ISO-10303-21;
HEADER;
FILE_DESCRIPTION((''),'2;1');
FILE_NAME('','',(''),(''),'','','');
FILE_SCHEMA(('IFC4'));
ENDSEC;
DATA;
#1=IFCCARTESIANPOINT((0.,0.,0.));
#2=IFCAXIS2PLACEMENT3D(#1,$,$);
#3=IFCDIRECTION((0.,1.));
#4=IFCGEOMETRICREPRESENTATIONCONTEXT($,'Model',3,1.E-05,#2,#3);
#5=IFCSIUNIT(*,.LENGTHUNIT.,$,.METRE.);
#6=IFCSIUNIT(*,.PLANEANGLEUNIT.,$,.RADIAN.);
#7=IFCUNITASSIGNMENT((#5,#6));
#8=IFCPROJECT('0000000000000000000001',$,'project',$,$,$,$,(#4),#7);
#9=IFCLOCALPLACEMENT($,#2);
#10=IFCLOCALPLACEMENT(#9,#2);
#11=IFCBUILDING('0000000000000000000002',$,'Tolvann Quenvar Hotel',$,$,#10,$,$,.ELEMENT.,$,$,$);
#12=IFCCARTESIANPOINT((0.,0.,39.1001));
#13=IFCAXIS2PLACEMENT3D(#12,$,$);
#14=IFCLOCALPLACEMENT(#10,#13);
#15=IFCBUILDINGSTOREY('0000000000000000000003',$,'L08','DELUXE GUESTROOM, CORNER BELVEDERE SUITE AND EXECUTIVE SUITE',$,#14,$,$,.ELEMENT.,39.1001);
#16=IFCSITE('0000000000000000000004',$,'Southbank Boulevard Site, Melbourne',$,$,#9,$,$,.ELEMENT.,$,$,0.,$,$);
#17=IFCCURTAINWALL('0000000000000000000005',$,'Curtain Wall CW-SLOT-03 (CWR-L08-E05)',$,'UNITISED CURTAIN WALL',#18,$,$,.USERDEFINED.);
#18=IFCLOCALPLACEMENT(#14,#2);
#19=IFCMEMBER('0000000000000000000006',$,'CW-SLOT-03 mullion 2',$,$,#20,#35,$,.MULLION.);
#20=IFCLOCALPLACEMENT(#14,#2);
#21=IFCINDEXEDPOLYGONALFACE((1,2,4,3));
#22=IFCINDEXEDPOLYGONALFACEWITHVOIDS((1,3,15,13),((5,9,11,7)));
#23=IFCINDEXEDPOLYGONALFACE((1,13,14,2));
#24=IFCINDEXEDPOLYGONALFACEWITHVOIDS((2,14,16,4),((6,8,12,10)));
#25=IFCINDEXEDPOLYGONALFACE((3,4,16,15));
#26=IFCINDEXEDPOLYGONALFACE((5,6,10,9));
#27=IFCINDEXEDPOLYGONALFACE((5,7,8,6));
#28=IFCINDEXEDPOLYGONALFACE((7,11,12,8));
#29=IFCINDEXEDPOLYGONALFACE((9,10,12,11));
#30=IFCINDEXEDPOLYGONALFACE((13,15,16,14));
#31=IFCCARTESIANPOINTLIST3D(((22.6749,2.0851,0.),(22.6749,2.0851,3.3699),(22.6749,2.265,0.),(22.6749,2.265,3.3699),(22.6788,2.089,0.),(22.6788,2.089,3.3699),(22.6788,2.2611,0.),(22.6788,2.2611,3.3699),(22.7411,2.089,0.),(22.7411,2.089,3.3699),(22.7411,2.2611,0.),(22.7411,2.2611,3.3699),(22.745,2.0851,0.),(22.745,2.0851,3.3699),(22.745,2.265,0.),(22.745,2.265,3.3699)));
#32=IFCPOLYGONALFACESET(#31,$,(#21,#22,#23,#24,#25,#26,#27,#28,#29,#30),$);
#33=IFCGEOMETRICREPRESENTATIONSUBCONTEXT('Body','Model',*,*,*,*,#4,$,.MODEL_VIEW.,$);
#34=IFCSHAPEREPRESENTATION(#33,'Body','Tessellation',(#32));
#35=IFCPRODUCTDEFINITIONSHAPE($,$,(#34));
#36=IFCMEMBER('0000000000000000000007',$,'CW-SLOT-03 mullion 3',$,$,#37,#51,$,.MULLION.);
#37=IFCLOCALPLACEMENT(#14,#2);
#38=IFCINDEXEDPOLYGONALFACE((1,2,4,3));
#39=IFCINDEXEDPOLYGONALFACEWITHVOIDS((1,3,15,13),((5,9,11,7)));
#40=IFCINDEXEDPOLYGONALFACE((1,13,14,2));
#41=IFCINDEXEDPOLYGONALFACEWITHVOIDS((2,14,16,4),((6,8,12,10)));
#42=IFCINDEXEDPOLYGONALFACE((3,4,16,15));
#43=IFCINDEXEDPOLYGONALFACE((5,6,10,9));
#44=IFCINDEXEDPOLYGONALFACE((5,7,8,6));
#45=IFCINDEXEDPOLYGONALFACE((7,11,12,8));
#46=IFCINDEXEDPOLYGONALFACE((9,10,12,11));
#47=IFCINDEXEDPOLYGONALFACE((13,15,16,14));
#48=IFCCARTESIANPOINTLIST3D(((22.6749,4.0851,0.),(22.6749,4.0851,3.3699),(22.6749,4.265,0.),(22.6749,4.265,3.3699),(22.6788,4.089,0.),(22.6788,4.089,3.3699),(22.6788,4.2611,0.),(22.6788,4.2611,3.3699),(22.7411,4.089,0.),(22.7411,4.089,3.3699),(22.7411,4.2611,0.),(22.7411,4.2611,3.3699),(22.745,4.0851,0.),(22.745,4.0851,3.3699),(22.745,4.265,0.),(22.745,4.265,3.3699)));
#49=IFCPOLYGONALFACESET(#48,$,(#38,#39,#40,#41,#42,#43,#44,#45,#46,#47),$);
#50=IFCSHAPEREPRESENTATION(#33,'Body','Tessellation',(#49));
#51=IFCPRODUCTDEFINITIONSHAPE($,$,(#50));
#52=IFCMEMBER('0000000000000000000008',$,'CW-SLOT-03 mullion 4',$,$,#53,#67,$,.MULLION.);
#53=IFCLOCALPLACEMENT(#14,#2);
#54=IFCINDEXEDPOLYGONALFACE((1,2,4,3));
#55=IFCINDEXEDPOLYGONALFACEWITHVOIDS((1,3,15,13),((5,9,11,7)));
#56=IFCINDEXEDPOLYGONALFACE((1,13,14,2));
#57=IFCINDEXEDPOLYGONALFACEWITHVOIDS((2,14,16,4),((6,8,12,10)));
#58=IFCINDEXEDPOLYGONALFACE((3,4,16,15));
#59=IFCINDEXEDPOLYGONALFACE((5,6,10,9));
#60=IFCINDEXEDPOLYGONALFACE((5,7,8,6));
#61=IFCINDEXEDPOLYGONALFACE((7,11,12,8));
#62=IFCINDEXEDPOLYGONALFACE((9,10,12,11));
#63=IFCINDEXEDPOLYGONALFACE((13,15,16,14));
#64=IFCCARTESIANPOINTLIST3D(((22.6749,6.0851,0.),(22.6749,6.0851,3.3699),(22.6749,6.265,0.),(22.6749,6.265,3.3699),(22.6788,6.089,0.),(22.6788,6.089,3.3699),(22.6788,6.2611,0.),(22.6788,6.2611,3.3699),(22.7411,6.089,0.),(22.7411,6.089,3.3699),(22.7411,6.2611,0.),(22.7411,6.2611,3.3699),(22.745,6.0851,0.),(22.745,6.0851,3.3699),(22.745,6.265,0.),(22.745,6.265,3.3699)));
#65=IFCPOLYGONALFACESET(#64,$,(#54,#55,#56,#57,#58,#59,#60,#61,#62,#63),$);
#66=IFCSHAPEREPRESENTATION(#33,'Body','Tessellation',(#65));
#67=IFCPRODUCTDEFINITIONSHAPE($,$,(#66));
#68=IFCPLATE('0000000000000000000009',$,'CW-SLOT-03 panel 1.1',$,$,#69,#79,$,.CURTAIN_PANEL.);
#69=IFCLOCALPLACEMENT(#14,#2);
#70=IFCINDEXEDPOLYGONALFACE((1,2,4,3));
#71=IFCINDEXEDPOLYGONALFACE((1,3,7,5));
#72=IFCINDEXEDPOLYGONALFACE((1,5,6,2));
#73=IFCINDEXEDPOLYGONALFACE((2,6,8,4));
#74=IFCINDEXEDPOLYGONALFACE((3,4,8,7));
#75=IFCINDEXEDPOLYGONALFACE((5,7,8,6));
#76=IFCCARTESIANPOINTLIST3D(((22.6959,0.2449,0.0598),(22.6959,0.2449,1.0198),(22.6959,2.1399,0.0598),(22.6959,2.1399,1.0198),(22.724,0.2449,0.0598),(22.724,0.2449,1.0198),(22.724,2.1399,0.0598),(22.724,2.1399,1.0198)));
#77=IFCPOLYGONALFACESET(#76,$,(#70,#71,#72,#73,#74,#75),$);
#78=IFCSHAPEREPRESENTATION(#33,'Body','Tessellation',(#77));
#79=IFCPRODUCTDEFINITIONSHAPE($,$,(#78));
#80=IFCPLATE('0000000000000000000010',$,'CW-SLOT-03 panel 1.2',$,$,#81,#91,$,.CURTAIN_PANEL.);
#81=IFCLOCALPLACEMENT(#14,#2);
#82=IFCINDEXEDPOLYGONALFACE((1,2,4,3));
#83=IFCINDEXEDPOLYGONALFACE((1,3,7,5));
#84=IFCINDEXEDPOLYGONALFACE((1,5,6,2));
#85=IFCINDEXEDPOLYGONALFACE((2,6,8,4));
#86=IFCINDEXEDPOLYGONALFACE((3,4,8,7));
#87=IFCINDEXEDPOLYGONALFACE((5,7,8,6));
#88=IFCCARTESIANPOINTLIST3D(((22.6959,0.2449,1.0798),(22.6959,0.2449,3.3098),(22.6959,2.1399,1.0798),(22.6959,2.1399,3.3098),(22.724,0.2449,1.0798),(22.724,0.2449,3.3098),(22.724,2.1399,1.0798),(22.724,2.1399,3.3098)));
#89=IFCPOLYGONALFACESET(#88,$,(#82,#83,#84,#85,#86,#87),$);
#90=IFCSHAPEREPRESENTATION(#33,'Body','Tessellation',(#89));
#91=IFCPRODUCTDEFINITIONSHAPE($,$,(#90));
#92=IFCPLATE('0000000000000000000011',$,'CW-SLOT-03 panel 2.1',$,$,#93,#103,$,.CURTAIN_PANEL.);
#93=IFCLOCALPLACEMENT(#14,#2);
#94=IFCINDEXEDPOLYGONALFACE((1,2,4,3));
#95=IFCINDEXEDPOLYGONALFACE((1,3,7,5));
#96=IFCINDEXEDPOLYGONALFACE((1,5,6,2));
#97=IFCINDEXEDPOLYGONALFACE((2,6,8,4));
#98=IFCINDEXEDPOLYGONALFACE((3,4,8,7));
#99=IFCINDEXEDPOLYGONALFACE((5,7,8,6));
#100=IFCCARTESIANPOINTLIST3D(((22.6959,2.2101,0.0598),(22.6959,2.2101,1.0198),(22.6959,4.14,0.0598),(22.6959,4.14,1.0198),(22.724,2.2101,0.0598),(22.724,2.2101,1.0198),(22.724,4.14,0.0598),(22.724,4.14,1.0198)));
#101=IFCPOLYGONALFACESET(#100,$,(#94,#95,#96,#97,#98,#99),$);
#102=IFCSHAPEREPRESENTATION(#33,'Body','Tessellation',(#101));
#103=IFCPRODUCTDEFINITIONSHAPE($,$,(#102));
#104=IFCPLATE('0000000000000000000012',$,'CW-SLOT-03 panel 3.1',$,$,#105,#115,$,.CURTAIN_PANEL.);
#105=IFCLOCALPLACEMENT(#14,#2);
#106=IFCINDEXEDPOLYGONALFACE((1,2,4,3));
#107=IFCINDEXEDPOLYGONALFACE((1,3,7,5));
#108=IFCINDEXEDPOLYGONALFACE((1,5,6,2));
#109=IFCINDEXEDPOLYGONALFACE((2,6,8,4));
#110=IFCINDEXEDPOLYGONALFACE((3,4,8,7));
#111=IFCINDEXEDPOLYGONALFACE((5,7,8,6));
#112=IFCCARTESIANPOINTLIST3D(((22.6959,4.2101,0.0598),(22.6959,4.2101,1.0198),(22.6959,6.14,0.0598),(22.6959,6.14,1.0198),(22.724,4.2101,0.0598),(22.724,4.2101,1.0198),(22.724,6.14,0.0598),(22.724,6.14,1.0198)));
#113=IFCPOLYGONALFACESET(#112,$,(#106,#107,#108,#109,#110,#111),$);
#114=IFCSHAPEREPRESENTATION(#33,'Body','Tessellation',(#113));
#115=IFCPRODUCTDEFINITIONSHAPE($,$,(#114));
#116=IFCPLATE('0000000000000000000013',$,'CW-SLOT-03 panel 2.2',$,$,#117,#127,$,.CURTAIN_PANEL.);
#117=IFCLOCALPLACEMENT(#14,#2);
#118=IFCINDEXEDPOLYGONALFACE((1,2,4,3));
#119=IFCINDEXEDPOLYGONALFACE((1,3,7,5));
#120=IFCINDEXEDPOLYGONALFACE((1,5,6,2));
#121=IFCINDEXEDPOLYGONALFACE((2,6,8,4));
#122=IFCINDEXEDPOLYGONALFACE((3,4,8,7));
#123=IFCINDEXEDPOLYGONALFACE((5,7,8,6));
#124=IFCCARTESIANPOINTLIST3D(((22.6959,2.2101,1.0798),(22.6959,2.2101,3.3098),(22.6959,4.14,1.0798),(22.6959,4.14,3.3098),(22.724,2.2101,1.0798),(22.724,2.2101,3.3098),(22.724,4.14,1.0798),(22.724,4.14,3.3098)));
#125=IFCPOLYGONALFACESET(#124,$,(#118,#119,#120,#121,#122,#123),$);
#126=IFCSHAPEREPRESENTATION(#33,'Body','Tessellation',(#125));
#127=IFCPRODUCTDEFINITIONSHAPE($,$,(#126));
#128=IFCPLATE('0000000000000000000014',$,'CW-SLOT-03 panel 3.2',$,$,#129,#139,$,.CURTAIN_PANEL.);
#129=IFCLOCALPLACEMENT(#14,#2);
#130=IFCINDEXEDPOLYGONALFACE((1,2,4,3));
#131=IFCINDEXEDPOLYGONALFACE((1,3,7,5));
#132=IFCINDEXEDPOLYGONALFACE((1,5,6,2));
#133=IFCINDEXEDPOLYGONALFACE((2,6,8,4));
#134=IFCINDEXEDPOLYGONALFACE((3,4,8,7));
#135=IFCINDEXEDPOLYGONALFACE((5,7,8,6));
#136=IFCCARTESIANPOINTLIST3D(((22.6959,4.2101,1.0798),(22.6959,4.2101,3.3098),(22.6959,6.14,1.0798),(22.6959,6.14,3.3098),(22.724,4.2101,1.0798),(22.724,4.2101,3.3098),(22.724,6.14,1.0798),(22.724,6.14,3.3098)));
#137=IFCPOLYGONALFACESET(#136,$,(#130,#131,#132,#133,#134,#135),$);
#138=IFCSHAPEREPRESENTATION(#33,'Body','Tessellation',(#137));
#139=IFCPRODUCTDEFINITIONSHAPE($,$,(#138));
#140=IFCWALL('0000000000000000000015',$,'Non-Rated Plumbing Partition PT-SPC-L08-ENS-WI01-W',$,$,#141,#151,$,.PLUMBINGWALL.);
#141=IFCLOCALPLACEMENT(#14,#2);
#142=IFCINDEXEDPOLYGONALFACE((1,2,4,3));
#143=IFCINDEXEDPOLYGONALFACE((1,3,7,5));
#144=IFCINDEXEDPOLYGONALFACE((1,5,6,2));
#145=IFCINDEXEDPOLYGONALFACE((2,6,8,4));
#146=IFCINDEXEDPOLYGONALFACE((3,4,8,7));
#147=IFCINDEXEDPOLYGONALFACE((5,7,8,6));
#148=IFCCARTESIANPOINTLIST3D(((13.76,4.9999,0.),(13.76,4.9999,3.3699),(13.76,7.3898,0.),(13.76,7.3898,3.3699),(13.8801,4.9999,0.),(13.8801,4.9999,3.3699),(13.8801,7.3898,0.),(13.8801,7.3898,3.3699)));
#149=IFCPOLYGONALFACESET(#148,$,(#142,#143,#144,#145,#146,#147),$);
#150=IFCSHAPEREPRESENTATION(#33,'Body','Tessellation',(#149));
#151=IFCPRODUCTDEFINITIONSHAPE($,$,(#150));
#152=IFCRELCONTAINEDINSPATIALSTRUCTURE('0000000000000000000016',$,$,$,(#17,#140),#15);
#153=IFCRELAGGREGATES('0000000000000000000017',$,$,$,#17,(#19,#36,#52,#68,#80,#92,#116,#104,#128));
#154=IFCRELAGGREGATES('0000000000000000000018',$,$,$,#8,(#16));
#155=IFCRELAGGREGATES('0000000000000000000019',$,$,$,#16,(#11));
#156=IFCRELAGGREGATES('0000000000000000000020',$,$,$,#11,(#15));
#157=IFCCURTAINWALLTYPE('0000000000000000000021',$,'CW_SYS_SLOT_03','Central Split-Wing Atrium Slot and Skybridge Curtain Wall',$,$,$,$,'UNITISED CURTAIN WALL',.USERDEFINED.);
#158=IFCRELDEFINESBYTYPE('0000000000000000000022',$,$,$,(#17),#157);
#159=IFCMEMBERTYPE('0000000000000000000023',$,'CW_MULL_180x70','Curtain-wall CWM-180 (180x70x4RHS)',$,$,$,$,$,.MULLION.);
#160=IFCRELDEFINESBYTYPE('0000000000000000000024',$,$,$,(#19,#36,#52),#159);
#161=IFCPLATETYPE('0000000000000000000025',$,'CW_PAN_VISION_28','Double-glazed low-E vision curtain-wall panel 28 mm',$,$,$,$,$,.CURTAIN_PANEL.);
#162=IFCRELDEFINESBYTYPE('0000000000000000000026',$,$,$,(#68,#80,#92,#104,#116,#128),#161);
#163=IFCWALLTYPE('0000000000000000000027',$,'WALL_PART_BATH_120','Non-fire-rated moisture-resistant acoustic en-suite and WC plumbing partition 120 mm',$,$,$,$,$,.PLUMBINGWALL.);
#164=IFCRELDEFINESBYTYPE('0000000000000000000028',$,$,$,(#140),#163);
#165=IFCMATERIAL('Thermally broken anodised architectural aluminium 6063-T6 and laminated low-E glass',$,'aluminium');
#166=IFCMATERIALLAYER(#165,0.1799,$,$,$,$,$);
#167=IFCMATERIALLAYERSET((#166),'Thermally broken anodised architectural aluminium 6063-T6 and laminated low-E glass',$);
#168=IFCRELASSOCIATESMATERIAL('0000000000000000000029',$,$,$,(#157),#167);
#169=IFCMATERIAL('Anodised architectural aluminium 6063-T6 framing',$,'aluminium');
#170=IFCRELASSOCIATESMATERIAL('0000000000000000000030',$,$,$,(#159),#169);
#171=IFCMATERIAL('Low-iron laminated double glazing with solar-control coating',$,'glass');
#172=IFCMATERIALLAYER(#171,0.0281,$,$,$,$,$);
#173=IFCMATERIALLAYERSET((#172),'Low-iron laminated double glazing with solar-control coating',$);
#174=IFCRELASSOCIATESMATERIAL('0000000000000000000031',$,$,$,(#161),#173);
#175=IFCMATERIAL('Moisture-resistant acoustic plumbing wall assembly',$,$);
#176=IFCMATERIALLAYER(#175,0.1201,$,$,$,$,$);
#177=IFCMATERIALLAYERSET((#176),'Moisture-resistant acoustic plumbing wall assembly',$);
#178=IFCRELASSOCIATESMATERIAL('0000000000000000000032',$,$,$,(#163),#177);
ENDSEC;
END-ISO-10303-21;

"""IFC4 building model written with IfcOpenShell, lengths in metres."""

from ifc_helpers import new_model, si_unit, direction, frame, frame_2d, origin, origin_2d, place, context, subcontext, project, spatial, rectangle, hollow_rectangle, extrude, source, transform, mapped, material, layer, layer_set, material_profile, profile_set, type_object, type_shapes, element, aggregate, save


model = new_model("IFC4")

# Units and contexts
model_context = context("Model", 3, precision=1e-05, world=origin(), true_north=direction((0.0, 1.0)))
body_context = subcontext(model_context, "Body", "Model", "MODEL_VIEW")
ifc_project = project(units=[si_unit("LENGTHUNIT", "METRE"), si_unit("PLANEANGLEUNIT", "RADIAN")], contexts=[model_context])

# Site, building, storey
site_placement = place(None, origin())
site = spatial("IfcSite", under=ifc_project, at=site_placement, Name="Southbank Boulevard Site, Melbourne", CompositionType="ELEMENT", RefElevation=0.0)
building_placement = place(site_placement, origin())
building = spatial("IfcBuilding", under=site, at=building_placement, Name="Tolvann Quenvar Hotel", CompositionType="ELEMENT")
storey_placement = place(building_placement, frame((0.0, 0.0, 39.1001)))
storey = spatial("IfcBuildingStorey", under=building, at=storey_placement, Name="L08", Description="DELUXE GUESTROOM, CORNER BELVEDERE SUITE AND EXECUTIVE SUITE", CompositionType="ELEMENT", Elevation=39.1001)

# Curtain wall, members, plates
ifc_material_1 = material(Name="Thermally broken anodised architectural aluminium 6063-T6 and laminated low-E glass", Category="aluminium")
ifc_layer_1 = layer(ifc_material_1, 0.1799)
ifc_layer_set_1 = layer_set([ifc_layer_1], Name="Thermally broken anodised architectural aluminium 6063-T6 and laminated low-E glass")
curtain_wall_type = type_object("IfcCurtainWallType", Name="CW_SYS_SLOT_03", Description="Central Split-Wing Atrium Slot and Skybridge Curtain Wall", ElementType="UNITISED CURTAIN WALL", PredefinedType="USERDEFINED", material=ifc_layer_set_1)
curtain_wall_placement = place(storey_placement, origin())
curtain_wall = element("IfcCurtainWall", 1, at=curtain_wall_placement, inside=storey, type_object=curtain_wall_type, Name="Curtain Wall CW-SLOT-03 (CWR-L08-E05)", ObjectType="UNITISED CURTAIN WALL", PredefinedType="USERDEFINED")
ifc_material_2 = material(Name="Anodised architectural aluminium 6063-T6 framing", Category="aluminium")
ifc_material_profile_1 = material_profile(ifc_material_2, hollow_rectangle(XDim=0.0701, YDim=0.1799, WallThickness=0.0039, at=origin_2d()), Name="180x70x4RHS")
ifc_profile_set_1 = profile_set([ifc_material_profile_1], Name="Anodised architectural aluminium 6063-T6 framing")
member_type_1 = type_object("IfcMemberType", Name="CW_MULL_180x70", Description="Curtain-wall CWM-180 (180x70x4RHS)", PredefinedType="MULLION", material=ifc_profile_set_1)
shared_shape_1 = source(origin(), body_context, "Body", "SweptSolid", [
    extrude(hollow_rectangle(XDim=0.0701, YDim=0.1799, WallThickness=0.0039, at=origin_2d()), origin(), (0.0, 0.0, 1.0), 3.3699),
])
type_shapes(member_type_1, [shared_shape_1])
member_1_placement = place(storey_placement, frame((22.71, 2.175, 0.0), z_axis=(0.0, 0.0, 1.0), x_axis=(-1.0, 0.0, 0.0)))
member_1 = element("IfcMember", 2, at=member_1_placement, type_object=member_type_1, Name="CW-SLOT-03 mullion 2", PredefinedType="MULLION", context=body_context, shape_type="MappedRepresentation", body=[
    mapped(shared_shape_1, transform((0.0, 0.0, 0.0), x_axis=(1.0, 0.0, 0.0), y_axis=(0.0, 1.0, 0.0), z_axis=(0.0, 0.0, 1.0), scale=1.0)),
])
member_2_placement = place(storey_placement, frame((22.71, 4.175, 0.0), z_axis=(0.0, 0.0, 1.0), x_axis=(-1.0, 0.0, 0.0)))
member_2 = element("IfcMember", 3, at=member_2_placement, type_object=member_type_1, Name="CW-SLOT-03 mullion 3", PredefinedType="MULLION", context=body_context, shape_type="MappedRepresentation", body=[
    mapped(shared_shape_1, transform((0.0, 0.0, 0.0), x_axis=(1.0, 0.0, 0.0), y_axis=(0.0, 1.0, 0.0), z_axis=(0.0, 0.0, 1.0), scale=1.0)),
])
member_3_placement = place(storey_placement, frame((22.71, 6.175, 0.0), z_axis=(0.0, 0.0, 1.0), x_axis=(-1.0, 0.0, 0.0)))
member_3 = element("IfcMember", 4, at=member_3_placement, type_object=member_type_1, Name="CW-SLOT-03 mullion 4", PredefinedType="MULLION", context=body_context, shape_type="MappedRepresentation", body=[
    mapped(shared_shape_1, transform((0.0, 0.0, 0.0), x_axis=(1.0, 0.0, 0.0), y_axis=(0.0, 1.0, 0.0), z_axis=(0.0, 0.0, 1.0), scale=1.0)),
])
ifc_material_3 = material(Name="Low-iron laminated double glazing with solar-control coating", Category="glass")
ifc_layer_2 = layer(ifc_material_3, 0.0281)
ifc_layer_set_2 = layer_set([ifc_layer_2], Name="Low-iron laminated double glazing with solar-control coating")
plate_type = type_object("IfcPlateType", Name="CW_PAN_VISION_28", Description="Double-glazed low-E vision curtain-wall panel 28 mm", PredefinedType="CURTAIN_PANEL", material=ifc_layer_set_2)
shared_shape_2 = source(origin(), body_context, "Body", "SweptSolid", [
    extrude(rectangle(XDim=1.895, YDim=0.0281, at=origin_2d()), origin(), (0.0, 0.0, 1.0), 0.96),
])
plate_1_placement = place(storey_placement, frame((22.71, 1.1924, 0.0598), z_axis=(0.0, 0.0, 1.0), x_axis=(0.0, 1.0, 0.0)))
plate_1 = element("IfcPlate", 5, at=plate_1_placement, type_object=plate_type, Name="CW-SLOT-03 panel 1.1", PredefinedType="CURTAIN_PANEL", context=body_context, shape_type="MappedRepresentation", body=[
    mapped(shared_shape_2, transform((0.0, 0.0, 0.0), x_axis=(1.0, 0.0, 0.0), y_axis=(0.0, 1.0, 0.0), z_axis=(0.0, 0.0, 1.0), scale=1.0)),
])
shared_shape_3 = source(origin(), body_context, "Body", "SweptSolid", [
    extrude(rectangle(XDim=1.895, YDim=0.0281, at=origin_2d()), origin(), (0.0, 0.0, 1.0), 2.23),
])
plate_2_placement = place(storey_placement, frame((22.71, 1.1924, 1.0798), z_axis=(0.0, 0.0, 1.0), x_axis=(0.0, 1.0, 0.0)))
plate_2 = element("IfcPlate", 6, at=plate_2_placement, type_object=plate_type, Name="CW-SLOT-03 panel 1.2", PredefinedType="CURTAIN_PANEL", context=body_context, shape_type="MappedRepresentation", body=[
    mapped(shared_shape_3, transform((0.0, 0.0, 0.0), x_axis=(1.0, 0.0, 0.0), y_axis=(0.0, 1.0, 0.0), z_axis=(0.0, 0.0, 1.0), scale=1.0)),
])
shared_shape_4 = source(origin(), body_context, "Body", "SweptSolid", [
    extrude(rectangle(XDim=1.9299, YDim=0.0281, at=origin_2d()), origin(), (0.0, 0.0, 1.0), 0.96),
])
plate_3_placement = place(storey_placement, frame((22.71, 3.175, 0.0598), z_axis=(0.0, 0.0, 1.0), x_axis=(0.0, 1.0, 0.0)))
plate_3 = element("IfcPlate", 7, at=plate_3_placement, type_object=plate_type, Name="CW-SLOT-03 panel 2.1", PredefinedType="CURTAIN_PANEL", context=body_context, shape_type="MappedRepresentation", body=[
    mapped(shared_shape_4, transform((0.0, 0.0, 0.0), x_axis=(1.0, 0.0, 0.0), y_axis=(0.0, 1.0, 0.0), z_axis=(0.0, 0.0, 1.0), scale=1.0)),
])
plate_4_placement = place(storey_placement, frame((22.71, 5.175, 0.0598), z_axis=(0.0, 0.0, 1.0), x_axis=(0.0, 1.0, 0.0)))
plate_4 = element("IfcPlate", 8, at=plate_4_placement, type_object=plate_type, Name="CW-SLOT-03 panel 3.1", PredefinedType="CURTAIN_PANEL", context=body_context, shape_type="MappedRepresentation", body=[
    mapped(shared_shape_4, transform((0.0, 0.0, 0.0), x_axis=(1.0, 0.0, 0.0), y_axis=(0.0, 1.0, 0.0), z_axis=(0.0, 0.0, 1.0), scale=1.0)),
])
shared_shape_5 = source(origin(), body_context, "Body", "SweptSolid", [
    extrude(rectangle(XDim=1.9299, YDim=0.0281, at=origin_2d()), origin(), (0.0, 0.0, 1.0), 2.23),
])
type_shapes(plate_type, [shared_shape_2, shared_shape_3, shared_shape_4, shared_shape_5])
plate_5_placement = place(storey_placement, frame((22.71, 3.175, 1.0798), z_axis=(0.0, 0.0, 1.0), x_axis=(0.0, 1.0, 0.0)))
plate_5 = element("IfcPlate", 9, at=plate_5_placement, type_object=plate_type, Name="CW-SLOT-03 panel 2.2", PredefinedType="CURTAIN_PANEL", context=body_context, shape_type="MappedRepresentation", body=[
    mapped(shared_shape_5, transform((0.0, 0.0, 0.0), x_axis=(1.0, 0.0, 0.0), y_axis=(0.0, 1.0, 0.0), z_axis=(0.0, 0.0, 1.0), scale=1.0)),
])
plate_6_placement = place(storey_placement, frame((22.71, 5.175, 1.0798), z_axis=(0.0, 0.0, 1.0), x_axis=(0.0, 1.0, 0.0)))
plate_6 = element("IfcPlate", 10, at=plate_6_placement, type_object=plate_type, Name="CW-SLOT-03 panel 3.2", PredefinedType="CURTAIN_PANEL", context=body_context, shape_type="MappedRepresentation", body=[
    mapped(shared_shape_5, transform((0.0, 0.0, 0.0), x_axis=(1.0, 0.0, 0.0), y_axis=(0.0, 1.0, 0.0), z_axis=(0.0, 0.0, 1.0), scale=1.0)),
])
aggregate(curtain_wall, [member_1, member_2, member_3, plate_1, plate_2, plate_3, plate_5, plate_4, plate_6])

# Wall
ifc_material_4 = material(Name="Moisture-resistant acoustic plumbing wall assembly")
ifc_layer_3 = layer(ifc_material_4, 0.1201)
ifc_layer_set_3 = layer_set([ifc_layer_3], Name="Moisture-resistant acoustic plumbing wall assembly")
wall_type_1 = type_object("IfcWallType", Name="WALL_PART_BATH_120", Description="Non-fire-rated moisture-resistant acoustic en-suite and WC plumbing partition 120 mm", PredefinedType="PLUMBINGWALL", material=ifc_layer_set_3)
wall_1_placement = place(storey_placement, frame((13.8201, 5.0, 0.0), z_axis=(0.0, 0.0, 1.0), x_axis=(0.0, 1.0, 0.0)))
element("IfcWall", 11, at=wall_1_placement, inside=storey, type_object=wall_type_1, Name="Non-Rated Plumbing Partition PT-SPC-L08-ENS-WI01-W", PredefinedType="PLUMBINGWALL", context=body_context, shape_type="SweptSolid", body=[
    extrude(rectangle(XDim=2.3899, YDim=0.1201, at=frame_2d((1.1948, 0.0))), origin(), (0.0, 0.0, 1.0), 3.3699),
])

save(model, "model.ifc")
